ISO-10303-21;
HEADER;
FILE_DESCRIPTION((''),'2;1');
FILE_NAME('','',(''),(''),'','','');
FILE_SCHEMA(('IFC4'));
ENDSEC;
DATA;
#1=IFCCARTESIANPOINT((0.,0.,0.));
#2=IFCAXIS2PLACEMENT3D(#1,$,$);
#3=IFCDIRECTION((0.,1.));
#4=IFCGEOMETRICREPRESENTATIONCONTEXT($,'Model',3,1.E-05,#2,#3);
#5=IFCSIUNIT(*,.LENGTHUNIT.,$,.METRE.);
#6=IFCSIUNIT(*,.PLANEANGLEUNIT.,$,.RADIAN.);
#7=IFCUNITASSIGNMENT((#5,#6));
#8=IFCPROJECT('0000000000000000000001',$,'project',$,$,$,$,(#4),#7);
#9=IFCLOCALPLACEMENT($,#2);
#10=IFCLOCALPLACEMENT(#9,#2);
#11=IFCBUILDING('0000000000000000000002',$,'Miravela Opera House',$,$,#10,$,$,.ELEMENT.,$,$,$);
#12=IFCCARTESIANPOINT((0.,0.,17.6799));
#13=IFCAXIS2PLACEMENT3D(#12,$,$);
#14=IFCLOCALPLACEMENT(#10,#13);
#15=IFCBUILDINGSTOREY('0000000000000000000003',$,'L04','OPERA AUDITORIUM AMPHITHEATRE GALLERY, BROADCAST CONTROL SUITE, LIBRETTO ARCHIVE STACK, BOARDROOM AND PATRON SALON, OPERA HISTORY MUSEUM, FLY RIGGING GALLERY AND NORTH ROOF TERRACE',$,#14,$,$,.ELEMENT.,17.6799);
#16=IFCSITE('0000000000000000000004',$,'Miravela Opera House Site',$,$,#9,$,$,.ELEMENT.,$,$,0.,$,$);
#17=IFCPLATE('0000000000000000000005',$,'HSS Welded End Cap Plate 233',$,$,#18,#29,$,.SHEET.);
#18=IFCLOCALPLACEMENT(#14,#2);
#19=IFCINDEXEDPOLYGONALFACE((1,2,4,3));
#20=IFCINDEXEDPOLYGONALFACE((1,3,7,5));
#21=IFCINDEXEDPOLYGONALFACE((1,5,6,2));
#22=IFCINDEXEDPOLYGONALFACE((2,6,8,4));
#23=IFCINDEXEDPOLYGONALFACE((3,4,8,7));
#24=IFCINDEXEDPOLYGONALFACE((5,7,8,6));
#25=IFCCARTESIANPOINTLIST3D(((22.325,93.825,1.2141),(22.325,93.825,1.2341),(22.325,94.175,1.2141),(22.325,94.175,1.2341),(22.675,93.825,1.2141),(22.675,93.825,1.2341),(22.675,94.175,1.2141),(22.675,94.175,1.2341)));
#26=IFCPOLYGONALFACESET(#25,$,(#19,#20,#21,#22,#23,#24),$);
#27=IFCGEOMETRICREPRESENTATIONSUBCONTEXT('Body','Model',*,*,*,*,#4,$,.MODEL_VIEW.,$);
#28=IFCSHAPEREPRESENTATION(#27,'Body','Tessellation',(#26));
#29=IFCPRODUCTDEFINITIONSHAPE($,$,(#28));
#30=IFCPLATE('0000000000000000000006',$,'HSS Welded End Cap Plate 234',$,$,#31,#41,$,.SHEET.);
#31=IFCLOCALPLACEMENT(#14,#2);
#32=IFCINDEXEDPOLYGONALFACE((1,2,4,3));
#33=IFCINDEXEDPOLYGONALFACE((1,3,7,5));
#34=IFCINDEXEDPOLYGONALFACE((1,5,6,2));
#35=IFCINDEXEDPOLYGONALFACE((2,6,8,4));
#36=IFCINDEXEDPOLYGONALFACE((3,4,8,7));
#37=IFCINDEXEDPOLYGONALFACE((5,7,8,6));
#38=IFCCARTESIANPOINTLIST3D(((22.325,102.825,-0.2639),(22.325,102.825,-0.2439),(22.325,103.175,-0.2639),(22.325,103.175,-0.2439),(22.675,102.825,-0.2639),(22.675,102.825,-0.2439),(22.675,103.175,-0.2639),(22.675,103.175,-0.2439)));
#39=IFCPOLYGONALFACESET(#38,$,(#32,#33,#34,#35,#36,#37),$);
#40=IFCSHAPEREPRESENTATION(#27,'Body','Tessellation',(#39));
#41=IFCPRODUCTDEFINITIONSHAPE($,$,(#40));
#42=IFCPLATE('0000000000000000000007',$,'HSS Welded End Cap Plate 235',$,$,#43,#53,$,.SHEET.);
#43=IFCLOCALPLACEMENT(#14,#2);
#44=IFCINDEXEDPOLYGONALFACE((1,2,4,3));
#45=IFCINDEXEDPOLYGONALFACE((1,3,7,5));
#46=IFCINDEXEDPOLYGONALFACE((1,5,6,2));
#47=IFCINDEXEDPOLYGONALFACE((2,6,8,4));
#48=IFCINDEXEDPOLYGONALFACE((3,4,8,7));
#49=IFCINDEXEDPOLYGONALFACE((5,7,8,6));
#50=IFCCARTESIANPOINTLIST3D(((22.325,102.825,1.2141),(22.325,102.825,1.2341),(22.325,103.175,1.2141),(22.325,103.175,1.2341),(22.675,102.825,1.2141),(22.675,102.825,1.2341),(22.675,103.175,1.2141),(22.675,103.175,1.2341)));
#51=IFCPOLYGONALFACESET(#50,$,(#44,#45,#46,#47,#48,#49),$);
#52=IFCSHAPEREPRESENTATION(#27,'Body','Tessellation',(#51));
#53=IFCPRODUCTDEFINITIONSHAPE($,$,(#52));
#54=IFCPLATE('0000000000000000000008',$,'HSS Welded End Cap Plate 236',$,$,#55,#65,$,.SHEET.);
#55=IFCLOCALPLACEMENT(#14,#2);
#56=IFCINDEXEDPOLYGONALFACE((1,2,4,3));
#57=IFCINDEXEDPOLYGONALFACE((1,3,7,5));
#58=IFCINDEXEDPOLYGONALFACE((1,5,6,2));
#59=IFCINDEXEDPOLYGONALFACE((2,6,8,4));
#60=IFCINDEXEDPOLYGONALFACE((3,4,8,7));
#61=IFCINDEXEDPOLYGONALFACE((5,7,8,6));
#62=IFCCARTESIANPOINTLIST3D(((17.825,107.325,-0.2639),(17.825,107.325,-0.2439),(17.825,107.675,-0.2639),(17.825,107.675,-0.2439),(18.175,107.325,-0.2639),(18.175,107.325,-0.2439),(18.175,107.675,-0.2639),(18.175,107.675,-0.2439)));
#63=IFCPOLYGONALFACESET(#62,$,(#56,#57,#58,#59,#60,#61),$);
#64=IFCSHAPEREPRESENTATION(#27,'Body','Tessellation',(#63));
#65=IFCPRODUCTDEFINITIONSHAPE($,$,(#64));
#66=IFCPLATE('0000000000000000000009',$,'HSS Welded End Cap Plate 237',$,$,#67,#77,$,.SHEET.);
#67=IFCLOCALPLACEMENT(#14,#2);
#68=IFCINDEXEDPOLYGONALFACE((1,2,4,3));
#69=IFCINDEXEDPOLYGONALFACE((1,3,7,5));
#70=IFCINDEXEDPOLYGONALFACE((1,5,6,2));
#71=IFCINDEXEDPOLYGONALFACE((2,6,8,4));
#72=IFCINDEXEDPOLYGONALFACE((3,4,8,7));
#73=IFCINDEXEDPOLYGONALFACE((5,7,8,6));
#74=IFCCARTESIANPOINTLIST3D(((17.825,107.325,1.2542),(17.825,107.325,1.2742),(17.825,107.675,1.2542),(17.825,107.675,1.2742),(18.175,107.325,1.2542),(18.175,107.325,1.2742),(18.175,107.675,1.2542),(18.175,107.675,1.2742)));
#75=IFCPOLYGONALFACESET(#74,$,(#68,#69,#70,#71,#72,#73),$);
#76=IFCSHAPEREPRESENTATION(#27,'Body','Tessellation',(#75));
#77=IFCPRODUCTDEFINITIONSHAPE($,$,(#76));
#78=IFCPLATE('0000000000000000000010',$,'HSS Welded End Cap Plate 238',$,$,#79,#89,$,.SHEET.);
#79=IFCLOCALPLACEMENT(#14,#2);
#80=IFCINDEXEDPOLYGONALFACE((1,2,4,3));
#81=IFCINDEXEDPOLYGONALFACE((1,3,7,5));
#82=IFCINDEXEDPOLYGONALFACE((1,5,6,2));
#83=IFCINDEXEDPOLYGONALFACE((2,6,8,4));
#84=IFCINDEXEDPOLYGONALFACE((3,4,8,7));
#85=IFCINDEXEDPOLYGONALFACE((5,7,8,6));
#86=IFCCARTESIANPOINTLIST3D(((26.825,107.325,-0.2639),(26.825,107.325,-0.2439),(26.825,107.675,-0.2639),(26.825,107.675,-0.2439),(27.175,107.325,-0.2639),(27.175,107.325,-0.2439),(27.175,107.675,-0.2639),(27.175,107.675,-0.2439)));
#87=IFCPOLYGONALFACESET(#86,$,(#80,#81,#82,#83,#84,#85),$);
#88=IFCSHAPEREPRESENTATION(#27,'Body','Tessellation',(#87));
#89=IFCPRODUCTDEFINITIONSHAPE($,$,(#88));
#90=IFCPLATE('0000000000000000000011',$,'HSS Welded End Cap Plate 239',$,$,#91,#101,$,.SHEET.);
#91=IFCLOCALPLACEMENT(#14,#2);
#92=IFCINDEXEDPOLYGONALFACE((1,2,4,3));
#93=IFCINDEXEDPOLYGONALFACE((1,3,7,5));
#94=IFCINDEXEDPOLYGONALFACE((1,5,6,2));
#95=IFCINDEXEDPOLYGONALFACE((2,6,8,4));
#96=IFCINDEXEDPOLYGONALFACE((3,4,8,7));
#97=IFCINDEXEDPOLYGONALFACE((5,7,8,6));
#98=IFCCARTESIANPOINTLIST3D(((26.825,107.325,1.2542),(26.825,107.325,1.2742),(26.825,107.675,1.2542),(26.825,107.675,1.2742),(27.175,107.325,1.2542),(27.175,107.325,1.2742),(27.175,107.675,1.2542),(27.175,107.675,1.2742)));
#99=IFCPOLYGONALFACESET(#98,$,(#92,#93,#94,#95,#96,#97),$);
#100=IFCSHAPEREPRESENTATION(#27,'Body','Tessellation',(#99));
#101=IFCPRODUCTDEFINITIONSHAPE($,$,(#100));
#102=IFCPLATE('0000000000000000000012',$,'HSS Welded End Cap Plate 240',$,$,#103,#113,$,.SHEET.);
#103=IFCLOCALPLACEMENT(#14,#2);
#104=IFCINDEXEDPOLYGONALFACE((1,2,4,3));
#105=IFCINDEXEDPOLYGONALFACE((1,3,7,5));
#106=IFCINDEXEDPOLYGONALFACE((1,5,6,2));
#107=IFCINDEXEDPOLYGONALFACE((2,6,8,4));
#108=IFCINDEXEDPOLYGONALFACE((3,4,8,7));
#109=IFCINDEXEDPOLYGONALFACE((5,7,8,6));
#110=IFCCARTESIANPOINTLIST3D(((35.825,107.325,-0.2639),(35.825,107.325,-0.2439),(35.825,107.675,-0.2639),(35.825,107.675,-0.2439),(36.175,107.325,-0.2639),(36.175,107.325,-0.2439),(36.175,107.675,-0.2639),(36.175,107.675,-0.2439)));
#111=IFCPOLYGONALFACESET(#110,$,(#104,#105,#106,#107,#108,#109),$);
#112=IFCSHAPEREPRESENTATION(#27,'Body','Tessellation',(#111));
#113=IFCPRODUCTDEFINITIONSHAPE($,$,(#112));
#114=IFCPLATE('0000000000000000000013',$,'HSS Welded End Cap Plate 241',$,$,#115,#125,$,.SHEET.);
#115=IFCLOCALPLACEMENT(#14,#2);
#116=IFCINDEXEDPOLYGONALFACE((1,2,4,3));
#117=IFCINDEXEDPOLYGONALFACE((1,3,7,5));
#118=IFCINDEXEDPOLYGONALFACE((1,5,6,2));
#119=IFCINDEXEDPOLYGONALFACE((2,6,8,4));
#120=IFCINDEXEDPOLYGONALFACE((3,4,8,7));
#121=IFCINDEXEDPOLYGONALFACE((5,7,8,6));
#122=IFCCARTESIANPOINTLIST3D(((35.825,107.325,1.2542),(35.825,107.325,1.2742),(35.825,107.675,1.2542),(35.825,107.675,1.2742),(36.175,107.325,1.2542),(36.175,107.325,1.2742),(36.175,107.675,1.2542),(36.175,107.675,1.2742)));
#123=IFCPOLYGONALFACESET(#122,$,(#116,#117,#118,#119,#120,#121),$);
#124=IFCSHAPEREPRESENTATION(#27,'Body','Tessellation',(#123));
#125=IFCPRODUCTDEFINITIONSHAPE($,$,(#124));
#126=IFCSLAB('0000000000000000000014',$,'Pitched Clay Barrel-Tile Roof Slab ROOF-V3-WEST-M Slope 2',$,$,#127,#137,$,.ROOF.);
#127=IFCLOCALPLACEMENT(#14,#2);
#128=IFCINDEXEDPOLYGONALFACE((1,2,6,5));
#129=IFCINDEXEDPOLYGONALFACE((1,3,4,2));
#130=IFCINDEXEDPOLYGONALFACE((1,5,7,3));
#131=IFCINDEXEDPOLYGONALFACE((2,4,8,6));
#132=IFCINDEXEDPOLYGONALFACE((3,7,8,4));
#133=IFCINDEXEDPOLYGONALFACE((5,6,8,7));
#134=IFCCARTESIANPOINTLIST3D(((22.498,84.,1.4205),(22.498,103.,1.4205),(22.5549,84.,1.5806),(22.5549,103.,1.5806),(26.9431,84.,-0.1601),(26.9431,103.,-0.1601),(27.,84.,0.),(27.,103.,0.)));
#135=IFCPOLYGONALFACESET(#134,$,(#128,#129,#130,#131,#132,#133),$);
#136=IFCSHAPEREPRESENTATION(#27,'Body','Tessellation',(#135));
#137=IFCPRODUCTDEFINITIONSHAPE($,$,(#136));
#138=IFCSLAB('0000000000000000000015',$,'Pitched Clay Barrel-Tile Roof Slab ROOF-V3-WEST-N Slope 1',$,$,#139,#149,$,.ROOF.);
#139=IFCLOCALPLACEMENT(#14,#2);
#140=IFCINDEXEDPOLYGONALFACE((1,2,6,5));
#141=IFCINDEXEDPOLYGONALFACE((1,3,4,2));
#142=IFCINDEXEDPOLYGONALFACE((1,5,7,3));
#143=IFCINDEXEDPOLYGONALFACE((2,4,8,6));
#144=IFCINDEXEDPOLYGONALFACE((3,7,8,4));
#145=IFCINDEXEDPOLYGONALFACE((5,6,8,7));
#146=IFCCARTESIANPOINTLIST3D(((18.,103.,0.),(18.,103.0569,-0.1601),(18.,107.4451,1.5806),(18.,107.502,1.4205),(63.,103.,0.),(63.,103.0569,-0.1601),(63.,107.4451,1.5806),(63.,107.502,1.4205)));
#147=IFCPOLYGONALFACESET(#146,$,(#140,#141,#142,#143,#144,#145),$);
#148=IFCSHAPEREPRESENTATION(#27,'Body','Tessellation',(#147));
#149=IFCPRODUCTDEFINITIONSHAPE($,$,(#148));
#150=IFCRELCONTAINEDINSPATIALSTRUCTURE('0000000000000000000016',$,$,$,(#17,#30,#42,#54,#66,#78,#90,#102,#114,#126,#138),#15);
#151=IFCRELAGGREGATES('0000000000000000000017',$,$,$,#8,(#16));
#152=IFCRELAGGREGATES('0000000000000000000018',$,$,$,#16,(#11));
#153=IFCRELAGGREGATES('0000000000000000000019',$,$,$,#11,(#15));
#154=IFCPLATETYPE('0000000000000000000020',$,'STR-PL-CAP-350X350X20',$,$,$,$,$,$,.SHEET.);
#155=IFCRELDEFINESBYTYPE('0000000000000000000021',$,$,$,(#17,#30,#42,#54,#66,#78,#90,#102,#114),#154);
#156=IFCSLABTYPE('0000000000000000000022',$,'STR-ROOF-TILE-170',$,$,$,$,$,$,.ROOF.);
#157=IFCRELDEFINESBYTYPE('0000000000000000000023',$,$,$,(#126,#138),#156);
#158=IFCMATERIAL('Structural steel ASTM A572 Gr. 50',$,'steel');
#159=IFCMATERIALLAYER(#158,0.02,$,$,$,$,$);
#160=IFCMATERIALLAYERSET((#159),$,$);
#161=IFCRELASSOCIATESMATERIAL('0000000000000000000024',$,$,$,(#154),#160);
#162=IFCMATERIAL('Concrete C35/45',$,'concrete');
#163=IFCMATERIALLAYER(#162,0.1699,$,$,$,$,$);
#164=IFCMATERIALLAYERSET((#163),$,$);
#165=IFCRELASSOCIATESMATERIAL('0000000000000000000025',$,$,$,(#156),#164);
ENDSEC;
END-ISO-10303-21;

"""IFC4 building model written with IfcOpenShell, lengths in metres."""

from ifc_helpers import new_model, si_unit, direction, frame, origin, origin_2d, place, context, subcontext, project, spatial, polyline, rectangle, outline, extrude, material, layer, layer_set, type_object, element, save


model = new_model("IFC4")

# Units and contexts
model_context = context("Model", 3, precision=1e-05, world=origin(), true_north=direction((0.0, 1.0)))
body_context = subcontext(model_context, "Body", "Model", "MODEL_VIEW")
ifc_project = project(units=[si_unit("LENGTHUNIT", "METRE"), si_unit("PLANEANGLEUNIT", "RADIAN")], contexts=[model_context])

# Site, building, storey
site_placement = place(None, origin())
site = spatial("IfcSite", under=ifc_project, at=site_placement, Name="Miravela Opera House Site", CompositionType="ELEMENT", RefElevation=0.0)
building_placement = place(site_placement, origin())
building = spatial("IfcBuilding", under=site, at=building_placement, Name="Miravela Opera House", CompositionType="ELEMENT")
storey_placement = place(building_placement, frame((0.0, 0.0, 17.6799)))
storey = spatial("IfcBuildingStorey", under=building, at=storey_placement, Name="L04", Description="OPERA AUDITORIUM AMPHITHEATRE GALLERY, BROADCAST CONTROL SUITE, LIBRETTO ARCHIVE STACK, BOARDROOM AND PATRON SALON, OPERA HISTORY MUSEUM, FLY RIGGING GALLERY AND NORTH ROOF TERRACE", CompositionType="ELEMENT", Elevation=17.6799)

# Plates
ifc_material_1 = material(Name="Structural steel ASTM A572 Gr. 50", Category="steel")
ifc_layer_1 = layer(ifc_material_1, 0.02)
ifc_layer_set_1 = layer_set([ifc_layer_1])
plate_type = type_object("IfcPlateType", Name="STR-PL-CAP-350X350X20", PredefinedType="SHEET", material=ifc_layer_set_1)
for number, where, z_axis, x_axis, name in (
    (1, (22.5, 94.0, 1.2141), (0.0, 0.0, 1.0), (1.0, 0.0, 0.0), "HSS Welded End Cap Plate 233"),
    (2, (22.5, 103.0, -0.2639), (0.0, 0.0, 1.0), (1.0, 0.0, 0.0), "HSS Welded End Cap Plate 234"),
    (3, (22.5, 103.0, 1.2141), (0.0, 0.0, 1.0), (1.0, 0.0, 0.0), "HSS Welded End Cap Plate 235"),
    (4, (18.0, 107.5, -0.2639), (0.0, 0.0, 1.0), (1.0, 0.0, 0.0), "HSS Welded End Cap Plate 236"),
    (5, (18.0, 107.5, 1.2542), (0.0, 0.0, 1.0), (1.0, 0.0, 0.0), "HSS Welded End Cap Plate 237"),
    (6, (27.0, 107.5, -0.2639), (0.0, 0.0, 1.0), (1.0, 0.0, 0.0), "HSS Welded End Cap Plate 238"),
    (7, (27.0, 107.5, 1.2542), (0.0, 0.0, 1.0), (1.0, 0.0, 0.0), "HSS Welded End Cap Plate 239"),
    (8, (36.0, 107.5, -0.2639), (0.0, 0.0, 1.0), (1.0, 0.0, 0.0), "HSS Welded End Cap Plate 240"),
    (9, (36.0, 107.5, 1.2542), (0.0, 0.0, 1.0), (1.0, 0.0, 0.0), "HSS Welded End Cap Plate 241"),
):
    element("IfcPlate", number, at=place(storey_placement, frame(where, z_axis=z_axis, x_axis=x_axis)), inside=storey, type_object=plate_type, Name=name, PredefinedType="SHEET", context=body_context, shape_type="SweptSolid", body=[
        extrude(rectangle(XDim=0.3501, YDim=0.3501, at=origin_2d()), origin(), (0.0, 0.0, 1.0), 0.02),
    ])

# Slabs
ifc_material_2 = material(Name="Concrete C35/45", Category="concrete")
ifc_layer_2 = layer(ifc_material_2, 0.1699)
ifc_layer_set_2 = layer_set([ifc_layer_2])
slab_type = type_object("IfcSlabType", Name="STR-ROOF-TILE-170", PredefinedType="ROOF", material=ifc_layer_set_2)
slab_1_placement = place(storey_placement, frame((27.0, 103.0, 0.0), z_axis=(0.335028, 0.0, 0.942208), x_axis=(0.0, -1.0, 0.0)))
element("IfcSlab", 10, at=slab_1_placement, inside=storey, type_object=slab_type, Name="Pitched Clay Barrel-Tile Roof Slab ROOF-V3-WEST-M Slope 2", PredefinedType="ROOF", context=body_context, shape_type="SweptSolid", body=[
    extrude(outline(polyline([(0.0, 0.0), (19.0, 0.0), (19.0, -4.7177), (0.0, -4.7177), (0.0, 0.0)])), origin(), (0.0, 0.0, -1.0), 0.1699),
])
slab_2_placement = place(storey_placement, frame((18.0, 103.0, 0.0), z_axis=(0.0, -0.335028, 0.942208), x_axis=(1.0, 0.0, 0.0)))
element("IfcSlab", 11, at=slab_2_placement, inside=storey, type_object=slab_type, Name="Pitched Clay Barrel-Tile Roof Slab ROOF-V3-WEST-N Slope 1", PredefinedType="ROOF", context=body_context, shape_type="SweptSolid", body=[
    extrude(outline(polyline([(0.0, 0.0), (45.0, 0.0), (45.0, 4.7177), (0.0, 4.7177), (0.0, 0.0)])), origin(), (0.0, 0.0, -1.0), 0.1699),
])

save(model, "model.ifc")
